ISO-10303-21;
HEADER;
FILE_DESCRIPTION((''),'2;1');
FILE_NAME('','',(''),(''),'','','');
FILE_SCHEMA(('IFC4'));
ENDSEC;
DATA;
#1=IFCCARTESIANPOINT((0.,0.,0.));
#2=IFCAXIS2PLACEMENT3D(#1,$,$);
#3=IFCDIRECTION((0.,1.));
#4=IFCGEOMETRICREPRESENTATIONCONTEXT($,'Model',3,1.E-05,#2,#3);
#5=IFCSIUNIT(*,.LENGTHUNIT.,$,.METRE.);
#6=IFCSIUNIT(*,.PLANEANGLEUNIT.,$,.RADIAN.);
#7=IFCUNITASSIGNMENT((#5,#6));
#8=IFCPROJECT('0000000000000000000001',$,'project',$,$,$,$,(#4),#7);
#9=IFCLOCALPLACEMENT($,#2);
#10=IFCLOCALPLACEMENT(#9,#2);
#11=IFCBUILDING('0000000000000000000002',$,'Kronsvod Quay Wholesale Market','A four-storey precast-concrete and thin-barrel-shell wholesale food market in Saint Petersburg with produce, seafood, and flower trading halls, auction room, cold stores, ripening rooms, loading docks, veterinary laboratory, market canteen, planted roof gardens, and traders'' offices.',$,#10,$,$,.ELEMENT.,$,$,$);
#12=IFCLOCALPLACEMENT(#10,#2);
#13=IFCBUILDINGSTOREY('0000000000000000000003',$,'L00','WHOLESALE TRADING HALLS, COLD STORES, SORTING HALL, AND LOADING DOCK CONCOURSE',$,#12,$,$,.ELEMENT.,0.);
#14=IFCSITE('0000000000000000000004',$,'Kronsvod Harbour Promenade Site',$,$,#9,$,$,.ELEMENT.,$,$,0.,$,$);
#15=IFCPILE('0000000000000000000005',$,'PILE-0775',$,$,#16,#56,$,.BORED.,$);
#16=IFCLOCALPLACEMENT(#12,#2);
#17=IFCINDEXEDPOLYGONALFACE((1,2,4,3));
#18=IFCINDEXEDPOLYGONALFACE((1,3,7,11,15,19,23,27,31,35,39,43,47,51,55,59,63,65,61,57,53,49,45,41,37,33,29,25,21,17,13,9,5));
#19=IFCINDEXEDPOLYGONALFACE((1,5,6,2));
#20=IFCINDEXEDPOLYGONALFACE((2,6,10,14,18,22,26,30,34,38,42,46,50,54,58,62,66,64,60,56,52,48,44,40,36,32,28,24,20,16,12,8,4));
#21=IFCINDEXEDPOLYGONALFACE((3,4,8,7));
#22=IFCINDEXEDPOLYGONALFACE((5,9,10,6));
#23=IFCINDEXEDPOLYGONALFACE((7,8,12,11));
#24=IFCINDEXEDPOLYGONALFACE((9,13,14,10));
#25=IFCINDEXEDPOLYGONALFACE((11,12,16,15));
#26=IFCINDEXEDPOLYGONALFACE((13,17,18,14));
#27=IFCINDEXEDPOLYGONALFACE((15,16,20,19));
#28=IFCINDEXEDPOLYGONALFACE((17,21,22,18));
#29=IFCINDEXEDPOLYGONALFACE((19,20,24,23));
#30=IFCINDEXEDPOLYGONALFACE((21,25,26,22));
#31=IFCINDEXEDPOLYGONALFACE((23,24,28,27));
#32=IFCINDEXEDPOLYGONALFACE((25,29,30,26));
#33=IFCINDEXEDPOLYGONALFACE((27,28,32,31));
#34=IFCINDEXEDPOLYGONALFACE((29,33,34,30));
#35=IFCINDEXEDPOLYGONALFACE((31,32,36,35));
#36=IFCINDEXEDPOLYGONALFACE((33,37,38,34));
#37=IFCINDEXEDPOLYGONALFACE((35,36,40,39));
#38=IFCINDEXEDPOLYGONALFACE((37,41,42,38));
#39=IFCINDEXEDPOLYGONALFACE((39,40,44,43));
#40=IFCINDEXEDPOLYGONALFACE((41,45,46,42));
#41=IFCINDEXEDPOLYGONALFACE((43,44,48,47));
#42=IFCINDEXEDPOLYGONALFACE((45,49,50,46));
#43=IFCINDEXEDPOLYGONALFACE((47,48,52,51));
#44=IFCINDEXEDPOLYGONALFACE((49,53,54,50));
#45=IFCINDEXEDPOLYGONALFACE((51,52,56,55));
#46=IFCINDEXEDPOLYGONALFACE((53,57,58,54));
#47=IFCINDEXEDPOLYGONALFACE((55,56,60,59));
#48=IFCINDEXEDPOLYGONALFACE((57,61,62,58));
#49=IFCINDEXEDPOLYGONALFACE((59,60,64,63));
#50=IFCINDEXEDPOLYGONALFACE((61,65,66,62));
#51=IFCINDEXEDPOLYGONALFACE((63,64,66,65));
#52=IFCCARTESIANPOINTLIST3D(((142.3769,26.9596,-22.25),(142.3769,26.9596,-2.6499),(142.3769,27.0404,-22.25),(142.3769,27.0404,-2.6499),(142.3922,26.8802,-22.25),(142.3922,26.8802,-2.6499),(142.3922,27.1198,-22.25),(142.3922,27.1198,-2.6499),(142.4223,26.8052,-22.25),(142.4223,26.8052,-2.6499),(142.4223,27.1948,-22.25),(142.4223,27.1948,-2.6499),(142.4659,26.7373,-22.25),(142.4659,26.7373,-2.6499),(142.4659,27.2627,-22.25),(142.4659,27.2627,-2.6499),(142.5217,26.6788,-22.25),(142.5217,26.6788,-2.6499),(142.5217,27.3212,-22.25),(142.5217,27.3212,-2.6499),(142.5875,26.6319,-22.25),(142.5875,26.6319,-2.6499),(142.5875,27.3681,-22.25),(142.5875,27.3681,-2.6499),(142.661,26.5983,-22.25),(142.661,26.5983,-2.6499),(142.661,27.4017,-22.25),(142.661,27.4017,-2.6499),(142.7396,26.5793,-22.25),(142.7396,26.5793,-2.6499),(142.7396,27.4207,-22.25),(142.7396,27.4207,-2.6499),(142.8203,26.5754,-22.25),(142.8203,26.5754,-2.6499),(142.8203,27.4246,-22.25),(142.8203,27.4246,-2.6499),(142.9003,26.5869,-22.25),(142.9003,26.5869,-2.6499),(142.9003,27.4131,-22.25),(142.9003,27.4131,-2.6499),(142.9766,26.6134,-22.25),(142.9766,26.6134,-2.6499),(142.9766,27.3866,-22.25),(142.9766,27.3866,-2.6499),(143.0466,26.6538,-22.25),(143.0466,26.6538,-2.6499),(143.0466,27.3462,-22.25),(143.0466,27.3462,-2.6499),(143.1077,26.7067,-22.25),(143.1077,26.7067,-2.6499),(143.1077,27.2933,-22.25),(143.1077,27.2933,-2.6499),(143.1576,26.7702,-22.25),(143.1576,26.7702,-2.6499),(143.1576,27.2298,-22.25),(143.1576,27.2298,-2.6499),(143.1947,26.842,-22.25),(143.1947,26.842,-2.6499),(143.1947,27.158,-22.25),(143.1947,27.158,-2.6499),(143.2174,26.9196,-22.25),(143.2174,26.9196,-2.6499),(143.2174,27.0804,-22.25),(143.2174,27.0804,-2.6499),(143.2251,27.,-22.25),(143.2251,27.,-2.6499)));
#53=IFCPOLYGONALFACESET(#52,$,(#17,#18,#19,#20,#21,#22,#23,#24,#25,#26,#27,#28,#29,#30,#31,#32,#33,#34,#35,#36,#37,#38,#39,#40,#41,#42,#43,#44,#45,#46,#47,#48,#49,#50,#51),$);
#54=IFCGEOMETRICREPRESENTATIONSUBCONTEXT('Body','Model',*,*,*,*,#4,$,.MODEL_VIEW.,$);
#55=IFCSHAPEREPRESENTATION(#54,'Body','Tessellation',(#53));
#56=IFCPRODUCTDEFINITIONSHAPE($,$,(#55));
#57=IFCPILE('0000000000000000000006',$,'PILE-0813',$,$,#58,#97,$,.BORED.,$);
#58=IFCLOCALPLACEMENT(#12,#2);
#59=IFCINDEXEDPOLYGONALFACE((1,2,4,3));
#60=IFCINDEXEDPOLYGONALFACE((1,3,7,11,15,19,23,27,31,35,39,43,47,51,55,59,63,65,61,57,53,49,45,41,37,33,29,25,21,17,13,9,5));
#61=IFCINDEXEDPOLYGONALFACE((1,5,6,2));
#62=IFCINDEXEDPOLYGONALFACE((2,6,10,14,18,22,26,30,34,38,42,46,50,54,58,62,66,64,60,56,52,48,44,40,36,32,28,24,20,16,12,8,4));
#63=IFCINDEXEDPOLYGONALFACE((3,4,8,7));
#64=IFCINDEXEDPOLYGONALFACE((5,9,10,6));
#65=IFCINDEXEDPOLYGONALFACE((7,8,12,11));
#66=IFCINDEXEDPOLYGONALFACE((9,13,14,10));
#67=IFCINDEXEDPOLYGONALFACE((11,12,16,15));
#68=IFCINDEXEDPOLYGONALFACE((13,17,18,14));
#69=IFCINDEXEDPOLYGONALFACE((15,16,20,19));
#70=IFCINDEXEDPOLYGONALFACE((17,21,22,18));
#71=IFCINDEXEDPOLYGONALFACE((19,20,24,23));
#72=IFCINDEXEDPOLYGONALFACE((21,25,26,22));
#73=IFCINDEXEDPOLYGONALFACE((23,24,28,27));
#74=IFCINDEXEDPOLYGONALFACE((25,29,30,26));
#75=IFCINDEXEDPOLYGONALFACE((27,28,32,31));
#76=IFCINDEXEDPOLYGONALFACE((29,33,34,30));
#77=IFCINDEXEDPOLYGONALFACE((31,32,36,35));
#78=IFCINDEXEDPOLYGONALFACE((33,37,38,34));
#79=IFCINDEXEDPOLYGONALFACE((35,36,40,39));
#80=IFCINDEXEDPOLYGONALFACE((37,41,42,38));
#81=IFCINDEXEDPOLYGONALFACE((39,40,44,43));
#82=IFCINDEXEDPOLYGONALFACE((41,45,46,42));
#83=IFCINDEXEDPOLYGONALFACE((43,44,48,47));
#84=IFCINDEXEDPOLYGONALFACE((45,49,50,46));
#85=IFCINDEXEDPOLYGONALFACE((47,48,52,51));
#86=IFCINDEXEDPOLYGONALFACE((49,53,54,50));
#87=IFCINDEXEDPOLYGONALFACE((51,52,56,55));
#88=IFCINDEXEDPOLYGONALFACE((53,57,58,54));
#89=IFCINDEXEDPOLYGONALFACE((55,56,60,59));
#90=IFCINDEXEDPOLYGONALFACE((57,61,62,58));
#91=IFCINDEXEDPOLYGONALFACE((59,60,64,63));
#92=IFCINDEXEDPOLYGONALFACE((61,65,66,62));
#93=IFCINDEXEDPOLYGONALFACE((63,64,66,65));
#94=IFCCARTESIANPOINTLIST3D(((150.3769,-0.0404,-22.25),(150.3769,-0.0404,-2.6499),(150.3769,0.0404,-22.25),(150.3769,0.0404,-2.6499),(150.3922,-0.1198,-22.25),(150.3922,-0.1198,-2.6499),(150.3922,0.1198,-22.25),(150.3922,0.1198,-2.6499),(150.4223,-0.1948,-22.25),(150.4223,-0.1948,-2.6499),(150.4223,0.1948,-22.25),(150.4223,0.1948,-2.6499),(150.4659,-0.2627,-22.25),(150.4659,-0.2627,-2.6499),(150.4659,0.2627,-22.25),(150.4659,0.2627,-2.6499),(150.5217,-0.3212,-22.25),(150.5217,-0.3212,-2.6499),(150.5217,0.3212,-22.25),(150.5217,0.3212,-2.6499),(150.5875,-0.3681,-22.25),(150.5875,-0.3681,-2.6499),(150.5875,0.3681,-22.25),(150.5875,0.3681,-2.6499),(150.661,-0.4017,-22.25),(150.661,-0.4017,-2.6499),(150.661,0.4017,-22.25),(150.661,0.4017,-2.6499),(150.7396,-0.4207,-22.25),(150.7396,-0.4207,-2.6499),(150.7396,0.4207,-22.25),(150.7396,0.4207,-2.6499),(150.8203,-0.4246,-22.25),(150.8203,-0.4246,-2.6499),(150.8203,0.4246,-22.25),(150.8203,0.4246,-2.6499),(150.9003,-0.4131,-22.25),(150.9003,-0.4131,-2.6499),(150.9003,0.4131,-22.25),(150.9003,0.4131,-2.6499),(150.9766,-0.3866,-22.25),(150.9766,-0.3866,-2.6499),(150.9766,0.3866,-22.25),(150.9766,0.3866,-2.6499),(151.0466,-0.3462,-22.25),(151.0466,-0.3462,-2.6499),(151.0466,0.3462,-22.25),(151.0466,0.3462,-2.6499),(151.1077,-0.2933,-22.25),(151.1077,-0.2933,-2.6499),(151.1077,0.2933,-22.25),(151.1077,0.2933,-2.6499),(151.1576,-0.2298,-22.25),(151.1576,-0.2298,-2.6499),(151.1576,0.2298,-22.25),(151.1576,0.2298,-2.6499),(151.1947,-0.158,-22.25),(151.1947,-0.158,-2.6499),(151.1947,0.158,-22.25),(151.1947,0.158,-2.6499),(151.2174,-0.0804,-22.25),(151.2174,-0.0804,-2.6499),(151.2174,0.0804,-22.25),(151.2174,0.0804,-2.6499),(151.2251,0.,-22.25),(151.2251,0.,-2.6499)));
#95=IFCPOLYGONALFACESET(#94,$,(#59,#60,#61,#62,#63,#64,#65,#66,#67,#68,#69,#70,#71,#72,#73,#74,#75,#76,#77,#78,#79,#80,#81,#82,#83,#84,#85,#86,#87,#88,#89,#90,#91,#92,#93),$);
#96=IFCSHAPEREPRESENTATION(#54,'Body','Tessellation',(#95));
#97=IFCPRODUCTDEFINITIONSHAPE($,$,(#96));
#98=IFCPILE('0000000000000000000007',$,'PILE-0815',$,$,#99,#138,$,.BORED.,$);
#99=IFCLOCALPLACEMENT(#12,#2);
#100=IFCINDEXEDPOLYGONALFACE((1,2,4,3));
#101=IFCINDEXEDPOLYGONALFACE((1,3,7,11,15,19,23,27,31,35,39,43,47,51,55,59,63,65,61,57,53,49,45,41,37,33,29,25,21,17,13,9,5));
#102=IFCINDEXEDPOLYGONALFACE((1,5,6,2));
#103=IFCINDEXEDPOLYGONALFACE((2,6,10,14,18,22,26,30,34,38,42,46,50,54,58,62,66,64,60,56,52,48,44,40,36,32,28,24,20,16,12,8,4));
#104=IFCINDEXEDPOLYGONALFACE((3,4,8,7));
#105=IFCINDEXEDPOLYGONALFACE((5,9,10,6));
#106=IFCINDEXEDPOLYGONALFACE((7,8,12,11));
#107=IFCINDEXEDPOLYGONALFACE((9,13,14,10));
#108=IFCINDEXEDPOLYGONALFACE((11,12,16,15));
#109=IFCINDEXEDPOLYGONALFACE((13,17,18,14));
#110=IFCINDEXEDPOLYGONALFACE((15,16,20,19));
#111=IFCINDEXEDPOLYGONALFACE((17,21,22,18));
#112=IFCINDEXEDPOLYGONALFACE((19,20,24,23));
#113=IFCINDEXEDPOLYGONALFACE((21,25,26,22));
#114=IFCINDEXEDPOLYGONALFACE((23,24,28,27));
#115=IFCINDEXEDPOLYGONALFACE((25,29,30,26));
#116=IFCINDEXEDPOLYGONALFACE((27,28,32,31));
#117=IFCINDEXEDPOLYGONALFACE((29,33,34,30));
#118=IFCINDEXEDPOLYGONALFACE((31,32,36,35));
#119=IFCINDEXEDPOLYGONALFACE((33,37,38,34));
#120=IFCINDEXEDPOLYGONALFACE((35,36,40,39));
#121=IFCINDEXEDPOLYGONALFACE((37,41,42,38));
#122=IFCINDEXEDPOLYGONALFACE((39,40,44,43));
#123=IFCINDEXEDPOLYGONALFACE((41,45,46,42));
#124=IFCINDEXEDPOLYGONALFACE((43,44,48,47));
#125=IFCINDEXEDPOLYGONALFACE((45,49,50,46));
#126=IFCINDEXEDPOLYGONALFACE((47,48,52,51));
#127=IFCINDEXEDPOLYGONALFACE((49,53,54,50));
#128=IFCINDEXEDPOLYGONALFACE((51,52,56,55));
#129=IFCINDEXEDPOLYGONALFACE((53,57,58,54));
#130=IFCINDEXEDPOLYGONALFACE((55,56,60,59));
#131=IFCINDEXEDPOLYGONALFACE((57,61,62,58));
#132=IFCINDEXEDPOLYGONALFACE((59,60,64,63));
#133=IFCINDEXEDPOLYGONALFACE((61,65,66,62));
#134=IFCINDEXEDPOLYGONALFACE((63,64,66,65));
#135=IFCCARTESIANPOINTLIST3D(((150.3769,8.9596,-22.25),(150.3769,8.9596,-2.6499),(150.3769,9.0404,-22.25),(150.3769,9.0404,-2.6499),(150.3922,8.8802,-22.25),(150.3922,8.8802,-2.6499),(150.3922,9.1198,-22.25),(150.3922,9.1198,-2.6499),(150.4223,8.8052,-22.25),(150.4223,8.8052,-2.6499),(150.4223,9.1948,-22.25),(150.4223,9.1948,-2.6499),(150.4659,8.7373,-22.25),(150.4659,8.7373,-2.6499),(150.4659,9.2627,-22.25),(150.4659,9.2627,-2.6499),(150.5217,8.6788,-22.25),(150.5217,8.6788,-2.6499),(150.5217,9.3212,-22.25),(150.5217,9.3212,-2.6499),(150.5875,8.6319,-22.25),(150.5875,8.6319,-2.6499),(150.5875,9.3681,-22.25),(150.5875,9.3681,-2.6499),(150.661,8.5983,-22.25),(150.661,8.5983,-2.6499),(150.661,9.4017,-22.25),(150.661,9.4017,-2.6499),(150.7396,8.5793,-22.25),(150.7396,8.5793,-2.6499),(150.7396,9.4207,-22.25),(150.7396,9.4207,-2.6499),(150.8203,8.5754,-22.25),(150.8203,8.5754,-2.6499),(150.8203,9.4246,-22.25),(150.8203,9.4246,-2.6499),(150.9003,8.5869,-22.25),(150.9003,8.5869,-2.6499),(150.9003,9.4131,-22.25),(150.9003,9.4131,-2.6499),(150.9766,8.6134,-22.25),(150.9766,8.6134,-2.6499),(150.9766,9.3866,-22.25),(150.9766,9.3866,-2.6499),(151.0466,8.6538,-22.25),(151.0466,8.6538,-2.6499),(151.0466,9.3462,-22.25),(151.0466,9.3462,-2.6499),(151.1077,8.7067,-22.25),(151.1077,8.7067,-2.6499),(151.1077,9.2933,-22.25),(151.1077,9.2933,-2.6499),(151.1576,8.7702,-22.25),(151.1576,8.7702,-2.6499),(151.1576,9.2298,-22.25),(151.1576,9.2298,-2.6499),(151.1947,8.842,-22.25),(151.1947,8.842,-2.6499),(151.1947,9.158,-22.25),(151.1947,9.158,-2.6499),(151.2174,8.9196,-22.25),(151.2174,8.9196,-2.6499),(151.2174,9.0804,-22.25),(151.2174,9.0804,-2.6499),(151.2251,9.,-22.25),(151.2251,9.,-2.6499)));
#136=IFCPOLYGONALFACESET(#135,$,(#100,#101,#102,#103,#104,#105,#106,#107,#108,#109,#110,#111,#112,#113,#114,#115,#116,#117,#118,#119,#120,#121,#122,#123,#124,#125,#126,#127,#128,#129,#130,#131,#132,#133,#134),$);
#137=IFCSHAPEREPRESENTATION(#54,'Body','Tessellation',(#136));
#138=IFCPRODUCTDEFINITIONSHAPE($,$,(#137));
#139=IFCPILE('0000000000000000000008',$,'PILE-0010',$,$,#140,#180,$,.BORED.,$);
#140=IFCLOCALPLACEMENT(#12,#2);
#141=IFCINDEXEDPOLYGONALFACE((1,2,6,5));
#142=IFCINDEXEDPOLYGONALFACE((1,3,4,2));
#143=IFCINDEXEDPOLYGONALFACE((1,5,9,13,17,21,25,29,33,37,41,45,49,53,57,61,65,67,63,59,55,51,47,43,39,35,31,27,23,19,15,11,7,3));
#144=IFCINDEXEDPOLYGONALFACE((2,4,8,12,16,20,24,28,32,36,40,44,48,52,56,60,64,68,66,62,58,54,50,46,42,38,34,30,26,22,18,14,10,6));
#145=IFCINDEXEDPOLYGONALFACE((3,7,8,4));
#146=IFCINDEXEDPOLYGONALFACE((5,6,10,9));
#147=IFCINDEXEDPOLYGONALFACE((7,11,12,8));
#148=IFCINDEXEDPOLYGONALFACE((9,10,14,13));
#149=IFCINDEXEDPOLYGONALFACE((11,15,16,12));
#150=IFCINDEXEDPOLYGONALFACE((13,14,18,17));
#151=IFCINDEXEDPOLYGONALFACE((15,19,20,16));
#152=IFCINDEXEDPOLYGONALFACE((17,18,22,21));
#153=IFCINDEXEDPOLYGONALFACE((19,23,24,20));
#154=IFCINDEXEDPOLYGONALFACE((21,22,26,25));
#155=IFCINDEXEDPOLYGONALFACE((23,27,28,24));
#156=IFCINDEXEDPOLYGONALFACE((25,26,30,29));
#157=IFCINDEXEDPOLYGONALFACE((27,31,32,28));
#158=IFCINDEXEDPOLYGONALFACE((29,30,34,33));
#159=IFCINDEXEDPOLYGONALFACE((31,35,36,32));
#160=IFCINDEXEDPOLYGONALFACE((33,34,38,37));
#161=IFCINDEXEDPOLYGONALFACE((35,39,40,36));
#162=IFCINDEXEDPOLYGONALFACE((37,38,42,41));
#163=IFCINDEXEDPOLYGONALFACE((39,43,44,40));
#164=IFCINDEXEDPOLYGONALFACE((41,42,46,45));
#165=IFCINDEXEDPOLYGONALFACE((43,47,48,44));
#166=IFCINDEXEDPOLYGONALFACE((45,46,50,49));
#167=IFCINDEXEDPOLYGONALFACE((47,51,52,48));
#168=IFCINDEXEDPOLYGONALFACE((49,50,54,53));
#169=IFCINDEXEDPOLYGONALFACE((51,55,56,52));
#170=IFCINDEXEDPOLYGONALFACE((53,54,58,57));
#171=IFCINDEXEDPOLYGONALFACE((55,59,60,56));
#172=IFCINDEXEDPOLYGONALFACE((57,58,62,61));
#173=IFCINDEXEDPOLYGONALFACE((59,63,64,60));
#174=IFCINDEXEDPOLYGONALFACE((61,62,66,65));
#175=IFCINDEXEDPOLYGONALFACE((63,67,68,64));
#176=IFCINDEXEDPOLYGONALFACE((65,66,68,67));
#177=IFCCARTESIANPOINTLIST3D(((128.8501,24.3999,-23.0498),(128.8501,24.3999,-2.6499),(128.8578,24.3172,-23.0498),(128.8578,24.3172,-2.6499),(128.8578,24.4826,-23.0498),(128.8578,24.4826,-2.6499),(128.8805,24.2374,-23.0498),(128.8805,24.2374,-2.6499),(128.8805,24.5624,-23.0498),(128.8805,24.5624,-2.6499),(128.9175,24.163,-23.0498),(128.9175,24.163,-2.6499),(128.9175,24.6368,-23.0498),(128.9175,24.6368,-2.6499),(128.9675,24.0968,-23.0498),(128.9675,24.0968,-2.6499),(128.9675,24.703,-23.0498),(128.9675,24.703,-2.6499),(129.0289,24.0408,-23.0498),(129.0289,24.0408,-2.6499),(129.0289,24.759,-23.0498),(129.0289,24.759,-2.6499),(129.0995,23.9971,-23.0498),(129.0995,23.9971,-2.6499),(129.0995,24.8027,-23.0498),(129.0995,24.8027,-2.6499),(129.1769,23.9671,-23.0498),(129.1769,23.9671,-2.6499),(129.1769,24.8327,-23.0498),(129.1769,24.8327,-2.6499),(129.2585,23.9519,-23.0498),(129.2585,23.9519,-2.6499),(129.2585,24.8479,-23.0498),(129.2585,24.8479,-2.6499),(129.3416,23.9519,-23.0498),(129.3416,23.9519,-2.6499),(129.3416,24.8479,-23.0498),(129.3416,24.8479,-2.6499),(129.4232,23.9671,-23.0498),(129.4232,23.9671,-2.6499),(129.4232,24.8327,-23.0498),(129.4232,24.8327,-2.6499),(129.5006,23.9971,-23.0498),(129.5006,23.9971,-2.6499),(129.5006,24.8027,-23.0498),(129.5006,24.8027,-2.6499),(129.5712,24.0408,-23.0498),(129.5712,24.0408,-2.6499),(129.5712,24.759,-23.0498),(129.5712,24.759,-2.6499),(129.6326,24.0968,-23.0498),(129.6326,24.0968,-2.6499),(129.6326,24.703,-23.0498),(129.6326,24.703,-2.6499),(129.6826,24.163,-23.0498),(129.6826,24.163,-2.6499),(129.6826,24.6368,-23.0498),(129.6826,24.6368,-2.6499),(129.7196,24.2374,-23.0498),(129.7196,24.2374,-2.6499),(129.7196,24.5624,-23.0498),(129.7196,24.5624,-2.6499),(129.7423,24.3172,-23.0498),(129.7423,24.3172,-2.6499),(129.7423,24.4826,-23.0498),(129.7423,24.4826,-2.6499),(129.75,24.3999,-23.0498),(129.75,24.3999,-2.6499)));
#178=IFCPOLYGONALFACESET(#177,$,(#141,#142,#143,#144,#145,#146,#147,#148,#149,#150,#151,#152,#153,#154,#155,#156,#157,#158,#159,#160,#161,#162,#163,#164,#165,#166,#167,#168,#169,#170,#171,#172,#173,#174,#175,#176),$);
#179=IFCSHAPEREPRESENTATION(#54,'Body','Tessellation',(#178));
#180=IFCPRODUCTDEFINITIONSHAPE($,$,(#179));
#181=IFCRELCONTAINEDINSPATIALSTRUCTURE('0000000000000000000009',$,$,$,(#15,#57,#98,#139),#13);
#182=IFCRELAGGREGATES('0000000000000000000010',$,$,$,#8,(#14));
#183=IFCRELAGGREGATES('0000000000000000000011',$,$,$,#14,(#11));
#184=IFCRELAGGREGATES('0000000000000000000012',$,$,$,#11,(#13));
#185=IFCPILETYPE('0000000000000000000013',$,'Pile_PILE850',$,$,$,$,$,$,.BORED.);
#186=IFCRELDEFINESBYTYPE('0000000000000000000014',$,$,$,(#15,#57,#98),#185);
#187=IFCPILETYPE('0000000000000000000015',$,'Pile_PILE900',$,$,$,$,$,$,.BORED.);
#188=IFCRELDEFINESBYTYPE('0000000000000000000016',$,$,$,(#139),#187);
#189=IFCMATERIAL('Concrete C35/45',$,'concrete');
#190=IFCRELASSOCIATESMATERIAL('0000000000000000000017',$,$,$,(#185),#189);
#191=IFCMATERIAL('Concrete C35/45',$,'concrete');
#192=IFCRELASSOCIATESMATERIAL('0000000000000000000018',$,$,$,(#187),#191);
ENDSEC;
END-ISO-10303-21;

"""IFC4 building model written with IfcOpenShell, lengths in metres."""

from ifc_helpers import new_model, si_unit, direction, frame, origin, origin_2d, place, context, subcontext, project, spatial, circle, extrude, material, material_profile, profile_set, type_object, element, save


model = new_model("IFC4")

# Units and contexts
model_context = context("Model", 3, precision=1e-05, world=origin(), true_north=direction((0.0, 1.0)))
body_context = subcontext(model_context, "Body", "Model", "MODEL_VIEW")
ifc_project = project(units=[si_unit("LENGTHUNIT", "METRE"), si_unit("PLANEANGLEUNIT", "RADIAN")], contexts=[model_context])

# Site, building, storey
site_placement = place(None, origin())
site = spatial("IfcSite", under=ifc_project, at=site_placement, Name="Kronsvod Harbour Promenade Site", CompositionType="ELEMENT", RefElevation=0.0)
building_placement = place(site_placement, origin())
building = spatial("IfcBuilding", under=site, at=building_placement, Name="Kronsvod Quay Wholesale Market", Description="A four-storey precast-concrete and thin-barrel-shell wholesale food market in Saint Petersburg with produce, seafood, and flower trading halls, auction room, cold stores, ripening rooms, loading docks, veterinary laboratory, market canteen, planted roof gardens, and traders' offices.", CompositionType="ELEMENT")
storey_placement = place(building_placement, origin())
storey = spatial("IfcBuildingStorey", under=building, at=storey_placement, Name="L00", Description="WHOLESALE TRADING HALLS, COLD STORES, SORTING HALL, AND LOADING DOCK CONCOURSE", CompositionType="ELEMENT", Elevation=0.0)

# Piles
ifc_material_1 = material(Name="Concrete C35/45", Category="concrete")
ifc_material_profile_1 = material_profile(ifc_material_1, circle(Radius=0.425, at=origin_2d()), Name="PILE850")
ifc_profile_set_1 = profile_set([ifc_material_profile_1], Name="Concrete C35/45")
pile_type_1 = type_object("IfcPileType", Name="Pile_PILE850", PredefinedType="BORED", material=ifc_profile_set_1)
for number, where, z_axis, x_axis, name in (
    (1, (142.8, 27.0, -2.6499), (0.0, 0.0, -1.0), (1.0, 0.0, 0.0), "PILE-0775"),
    (2, (150.8, 0.0, -2.6499), (0.0, 0.0, -1.0), (1.0, 0.0, 0.0), "PILE-0813"),
    (3, (150.8, 9.0, -2.6499), (0.0, 0.0, -1.0), (1.0, 0.0, 0.0), "PILE-0815"),
):
    element("IfcPile", number, at=place(storey_placement, frame(where, z_axis=z_axis, x_axis=x_axis)), inside=storey, type_object=pile_type_1, Name=name, PredefinedType="BORED", context=body_context, shape_type="SweptSolid", body=[
        extrude(circle(Radius=0.425, at=origin_2d()), origin(), (0.0, 0.0, 1.0), 19.6001),
    ])
ifc_material_2 = material(Name="Concrete C35/45", Category="concrete")
ifc_material_profile_2 = material_profile(ifc_material_2, circle(Radius=0.45, at=origin_2d()), Name="PILE900")
ifc_profile_set_2 = profile_set([ifc_material_profile_2], Name="Concrete C35/45")
pile_type_2 = type_object("IfcPileType", Name="Pile_PILE900", PredefinedType="BORED", material=ifc_profile_set_2)
for number, where, z_axis, x_axis, name in (
    (4, (129.3, 24.3999, -2.6499), (0.0, 0.0, -1.0), (1.0, 0.0, 0.0), "PILE-0010"),
):
    element("IfcPile", number, at=place(storey_placement, frame(where, z_axis=z_axis, x_axis=x_axis)), inside=storey, type_object=pile_type_2, Name=name, PredefinedType="BORED", context=body_context, shape_type="SweptSolid", body=[
        extrude(circle(Radius=0.45, at=origin_2d()), origin(), (0.0, 0.0, 1.0), 20.3999),
    ])

save(model, "model.ifc")
